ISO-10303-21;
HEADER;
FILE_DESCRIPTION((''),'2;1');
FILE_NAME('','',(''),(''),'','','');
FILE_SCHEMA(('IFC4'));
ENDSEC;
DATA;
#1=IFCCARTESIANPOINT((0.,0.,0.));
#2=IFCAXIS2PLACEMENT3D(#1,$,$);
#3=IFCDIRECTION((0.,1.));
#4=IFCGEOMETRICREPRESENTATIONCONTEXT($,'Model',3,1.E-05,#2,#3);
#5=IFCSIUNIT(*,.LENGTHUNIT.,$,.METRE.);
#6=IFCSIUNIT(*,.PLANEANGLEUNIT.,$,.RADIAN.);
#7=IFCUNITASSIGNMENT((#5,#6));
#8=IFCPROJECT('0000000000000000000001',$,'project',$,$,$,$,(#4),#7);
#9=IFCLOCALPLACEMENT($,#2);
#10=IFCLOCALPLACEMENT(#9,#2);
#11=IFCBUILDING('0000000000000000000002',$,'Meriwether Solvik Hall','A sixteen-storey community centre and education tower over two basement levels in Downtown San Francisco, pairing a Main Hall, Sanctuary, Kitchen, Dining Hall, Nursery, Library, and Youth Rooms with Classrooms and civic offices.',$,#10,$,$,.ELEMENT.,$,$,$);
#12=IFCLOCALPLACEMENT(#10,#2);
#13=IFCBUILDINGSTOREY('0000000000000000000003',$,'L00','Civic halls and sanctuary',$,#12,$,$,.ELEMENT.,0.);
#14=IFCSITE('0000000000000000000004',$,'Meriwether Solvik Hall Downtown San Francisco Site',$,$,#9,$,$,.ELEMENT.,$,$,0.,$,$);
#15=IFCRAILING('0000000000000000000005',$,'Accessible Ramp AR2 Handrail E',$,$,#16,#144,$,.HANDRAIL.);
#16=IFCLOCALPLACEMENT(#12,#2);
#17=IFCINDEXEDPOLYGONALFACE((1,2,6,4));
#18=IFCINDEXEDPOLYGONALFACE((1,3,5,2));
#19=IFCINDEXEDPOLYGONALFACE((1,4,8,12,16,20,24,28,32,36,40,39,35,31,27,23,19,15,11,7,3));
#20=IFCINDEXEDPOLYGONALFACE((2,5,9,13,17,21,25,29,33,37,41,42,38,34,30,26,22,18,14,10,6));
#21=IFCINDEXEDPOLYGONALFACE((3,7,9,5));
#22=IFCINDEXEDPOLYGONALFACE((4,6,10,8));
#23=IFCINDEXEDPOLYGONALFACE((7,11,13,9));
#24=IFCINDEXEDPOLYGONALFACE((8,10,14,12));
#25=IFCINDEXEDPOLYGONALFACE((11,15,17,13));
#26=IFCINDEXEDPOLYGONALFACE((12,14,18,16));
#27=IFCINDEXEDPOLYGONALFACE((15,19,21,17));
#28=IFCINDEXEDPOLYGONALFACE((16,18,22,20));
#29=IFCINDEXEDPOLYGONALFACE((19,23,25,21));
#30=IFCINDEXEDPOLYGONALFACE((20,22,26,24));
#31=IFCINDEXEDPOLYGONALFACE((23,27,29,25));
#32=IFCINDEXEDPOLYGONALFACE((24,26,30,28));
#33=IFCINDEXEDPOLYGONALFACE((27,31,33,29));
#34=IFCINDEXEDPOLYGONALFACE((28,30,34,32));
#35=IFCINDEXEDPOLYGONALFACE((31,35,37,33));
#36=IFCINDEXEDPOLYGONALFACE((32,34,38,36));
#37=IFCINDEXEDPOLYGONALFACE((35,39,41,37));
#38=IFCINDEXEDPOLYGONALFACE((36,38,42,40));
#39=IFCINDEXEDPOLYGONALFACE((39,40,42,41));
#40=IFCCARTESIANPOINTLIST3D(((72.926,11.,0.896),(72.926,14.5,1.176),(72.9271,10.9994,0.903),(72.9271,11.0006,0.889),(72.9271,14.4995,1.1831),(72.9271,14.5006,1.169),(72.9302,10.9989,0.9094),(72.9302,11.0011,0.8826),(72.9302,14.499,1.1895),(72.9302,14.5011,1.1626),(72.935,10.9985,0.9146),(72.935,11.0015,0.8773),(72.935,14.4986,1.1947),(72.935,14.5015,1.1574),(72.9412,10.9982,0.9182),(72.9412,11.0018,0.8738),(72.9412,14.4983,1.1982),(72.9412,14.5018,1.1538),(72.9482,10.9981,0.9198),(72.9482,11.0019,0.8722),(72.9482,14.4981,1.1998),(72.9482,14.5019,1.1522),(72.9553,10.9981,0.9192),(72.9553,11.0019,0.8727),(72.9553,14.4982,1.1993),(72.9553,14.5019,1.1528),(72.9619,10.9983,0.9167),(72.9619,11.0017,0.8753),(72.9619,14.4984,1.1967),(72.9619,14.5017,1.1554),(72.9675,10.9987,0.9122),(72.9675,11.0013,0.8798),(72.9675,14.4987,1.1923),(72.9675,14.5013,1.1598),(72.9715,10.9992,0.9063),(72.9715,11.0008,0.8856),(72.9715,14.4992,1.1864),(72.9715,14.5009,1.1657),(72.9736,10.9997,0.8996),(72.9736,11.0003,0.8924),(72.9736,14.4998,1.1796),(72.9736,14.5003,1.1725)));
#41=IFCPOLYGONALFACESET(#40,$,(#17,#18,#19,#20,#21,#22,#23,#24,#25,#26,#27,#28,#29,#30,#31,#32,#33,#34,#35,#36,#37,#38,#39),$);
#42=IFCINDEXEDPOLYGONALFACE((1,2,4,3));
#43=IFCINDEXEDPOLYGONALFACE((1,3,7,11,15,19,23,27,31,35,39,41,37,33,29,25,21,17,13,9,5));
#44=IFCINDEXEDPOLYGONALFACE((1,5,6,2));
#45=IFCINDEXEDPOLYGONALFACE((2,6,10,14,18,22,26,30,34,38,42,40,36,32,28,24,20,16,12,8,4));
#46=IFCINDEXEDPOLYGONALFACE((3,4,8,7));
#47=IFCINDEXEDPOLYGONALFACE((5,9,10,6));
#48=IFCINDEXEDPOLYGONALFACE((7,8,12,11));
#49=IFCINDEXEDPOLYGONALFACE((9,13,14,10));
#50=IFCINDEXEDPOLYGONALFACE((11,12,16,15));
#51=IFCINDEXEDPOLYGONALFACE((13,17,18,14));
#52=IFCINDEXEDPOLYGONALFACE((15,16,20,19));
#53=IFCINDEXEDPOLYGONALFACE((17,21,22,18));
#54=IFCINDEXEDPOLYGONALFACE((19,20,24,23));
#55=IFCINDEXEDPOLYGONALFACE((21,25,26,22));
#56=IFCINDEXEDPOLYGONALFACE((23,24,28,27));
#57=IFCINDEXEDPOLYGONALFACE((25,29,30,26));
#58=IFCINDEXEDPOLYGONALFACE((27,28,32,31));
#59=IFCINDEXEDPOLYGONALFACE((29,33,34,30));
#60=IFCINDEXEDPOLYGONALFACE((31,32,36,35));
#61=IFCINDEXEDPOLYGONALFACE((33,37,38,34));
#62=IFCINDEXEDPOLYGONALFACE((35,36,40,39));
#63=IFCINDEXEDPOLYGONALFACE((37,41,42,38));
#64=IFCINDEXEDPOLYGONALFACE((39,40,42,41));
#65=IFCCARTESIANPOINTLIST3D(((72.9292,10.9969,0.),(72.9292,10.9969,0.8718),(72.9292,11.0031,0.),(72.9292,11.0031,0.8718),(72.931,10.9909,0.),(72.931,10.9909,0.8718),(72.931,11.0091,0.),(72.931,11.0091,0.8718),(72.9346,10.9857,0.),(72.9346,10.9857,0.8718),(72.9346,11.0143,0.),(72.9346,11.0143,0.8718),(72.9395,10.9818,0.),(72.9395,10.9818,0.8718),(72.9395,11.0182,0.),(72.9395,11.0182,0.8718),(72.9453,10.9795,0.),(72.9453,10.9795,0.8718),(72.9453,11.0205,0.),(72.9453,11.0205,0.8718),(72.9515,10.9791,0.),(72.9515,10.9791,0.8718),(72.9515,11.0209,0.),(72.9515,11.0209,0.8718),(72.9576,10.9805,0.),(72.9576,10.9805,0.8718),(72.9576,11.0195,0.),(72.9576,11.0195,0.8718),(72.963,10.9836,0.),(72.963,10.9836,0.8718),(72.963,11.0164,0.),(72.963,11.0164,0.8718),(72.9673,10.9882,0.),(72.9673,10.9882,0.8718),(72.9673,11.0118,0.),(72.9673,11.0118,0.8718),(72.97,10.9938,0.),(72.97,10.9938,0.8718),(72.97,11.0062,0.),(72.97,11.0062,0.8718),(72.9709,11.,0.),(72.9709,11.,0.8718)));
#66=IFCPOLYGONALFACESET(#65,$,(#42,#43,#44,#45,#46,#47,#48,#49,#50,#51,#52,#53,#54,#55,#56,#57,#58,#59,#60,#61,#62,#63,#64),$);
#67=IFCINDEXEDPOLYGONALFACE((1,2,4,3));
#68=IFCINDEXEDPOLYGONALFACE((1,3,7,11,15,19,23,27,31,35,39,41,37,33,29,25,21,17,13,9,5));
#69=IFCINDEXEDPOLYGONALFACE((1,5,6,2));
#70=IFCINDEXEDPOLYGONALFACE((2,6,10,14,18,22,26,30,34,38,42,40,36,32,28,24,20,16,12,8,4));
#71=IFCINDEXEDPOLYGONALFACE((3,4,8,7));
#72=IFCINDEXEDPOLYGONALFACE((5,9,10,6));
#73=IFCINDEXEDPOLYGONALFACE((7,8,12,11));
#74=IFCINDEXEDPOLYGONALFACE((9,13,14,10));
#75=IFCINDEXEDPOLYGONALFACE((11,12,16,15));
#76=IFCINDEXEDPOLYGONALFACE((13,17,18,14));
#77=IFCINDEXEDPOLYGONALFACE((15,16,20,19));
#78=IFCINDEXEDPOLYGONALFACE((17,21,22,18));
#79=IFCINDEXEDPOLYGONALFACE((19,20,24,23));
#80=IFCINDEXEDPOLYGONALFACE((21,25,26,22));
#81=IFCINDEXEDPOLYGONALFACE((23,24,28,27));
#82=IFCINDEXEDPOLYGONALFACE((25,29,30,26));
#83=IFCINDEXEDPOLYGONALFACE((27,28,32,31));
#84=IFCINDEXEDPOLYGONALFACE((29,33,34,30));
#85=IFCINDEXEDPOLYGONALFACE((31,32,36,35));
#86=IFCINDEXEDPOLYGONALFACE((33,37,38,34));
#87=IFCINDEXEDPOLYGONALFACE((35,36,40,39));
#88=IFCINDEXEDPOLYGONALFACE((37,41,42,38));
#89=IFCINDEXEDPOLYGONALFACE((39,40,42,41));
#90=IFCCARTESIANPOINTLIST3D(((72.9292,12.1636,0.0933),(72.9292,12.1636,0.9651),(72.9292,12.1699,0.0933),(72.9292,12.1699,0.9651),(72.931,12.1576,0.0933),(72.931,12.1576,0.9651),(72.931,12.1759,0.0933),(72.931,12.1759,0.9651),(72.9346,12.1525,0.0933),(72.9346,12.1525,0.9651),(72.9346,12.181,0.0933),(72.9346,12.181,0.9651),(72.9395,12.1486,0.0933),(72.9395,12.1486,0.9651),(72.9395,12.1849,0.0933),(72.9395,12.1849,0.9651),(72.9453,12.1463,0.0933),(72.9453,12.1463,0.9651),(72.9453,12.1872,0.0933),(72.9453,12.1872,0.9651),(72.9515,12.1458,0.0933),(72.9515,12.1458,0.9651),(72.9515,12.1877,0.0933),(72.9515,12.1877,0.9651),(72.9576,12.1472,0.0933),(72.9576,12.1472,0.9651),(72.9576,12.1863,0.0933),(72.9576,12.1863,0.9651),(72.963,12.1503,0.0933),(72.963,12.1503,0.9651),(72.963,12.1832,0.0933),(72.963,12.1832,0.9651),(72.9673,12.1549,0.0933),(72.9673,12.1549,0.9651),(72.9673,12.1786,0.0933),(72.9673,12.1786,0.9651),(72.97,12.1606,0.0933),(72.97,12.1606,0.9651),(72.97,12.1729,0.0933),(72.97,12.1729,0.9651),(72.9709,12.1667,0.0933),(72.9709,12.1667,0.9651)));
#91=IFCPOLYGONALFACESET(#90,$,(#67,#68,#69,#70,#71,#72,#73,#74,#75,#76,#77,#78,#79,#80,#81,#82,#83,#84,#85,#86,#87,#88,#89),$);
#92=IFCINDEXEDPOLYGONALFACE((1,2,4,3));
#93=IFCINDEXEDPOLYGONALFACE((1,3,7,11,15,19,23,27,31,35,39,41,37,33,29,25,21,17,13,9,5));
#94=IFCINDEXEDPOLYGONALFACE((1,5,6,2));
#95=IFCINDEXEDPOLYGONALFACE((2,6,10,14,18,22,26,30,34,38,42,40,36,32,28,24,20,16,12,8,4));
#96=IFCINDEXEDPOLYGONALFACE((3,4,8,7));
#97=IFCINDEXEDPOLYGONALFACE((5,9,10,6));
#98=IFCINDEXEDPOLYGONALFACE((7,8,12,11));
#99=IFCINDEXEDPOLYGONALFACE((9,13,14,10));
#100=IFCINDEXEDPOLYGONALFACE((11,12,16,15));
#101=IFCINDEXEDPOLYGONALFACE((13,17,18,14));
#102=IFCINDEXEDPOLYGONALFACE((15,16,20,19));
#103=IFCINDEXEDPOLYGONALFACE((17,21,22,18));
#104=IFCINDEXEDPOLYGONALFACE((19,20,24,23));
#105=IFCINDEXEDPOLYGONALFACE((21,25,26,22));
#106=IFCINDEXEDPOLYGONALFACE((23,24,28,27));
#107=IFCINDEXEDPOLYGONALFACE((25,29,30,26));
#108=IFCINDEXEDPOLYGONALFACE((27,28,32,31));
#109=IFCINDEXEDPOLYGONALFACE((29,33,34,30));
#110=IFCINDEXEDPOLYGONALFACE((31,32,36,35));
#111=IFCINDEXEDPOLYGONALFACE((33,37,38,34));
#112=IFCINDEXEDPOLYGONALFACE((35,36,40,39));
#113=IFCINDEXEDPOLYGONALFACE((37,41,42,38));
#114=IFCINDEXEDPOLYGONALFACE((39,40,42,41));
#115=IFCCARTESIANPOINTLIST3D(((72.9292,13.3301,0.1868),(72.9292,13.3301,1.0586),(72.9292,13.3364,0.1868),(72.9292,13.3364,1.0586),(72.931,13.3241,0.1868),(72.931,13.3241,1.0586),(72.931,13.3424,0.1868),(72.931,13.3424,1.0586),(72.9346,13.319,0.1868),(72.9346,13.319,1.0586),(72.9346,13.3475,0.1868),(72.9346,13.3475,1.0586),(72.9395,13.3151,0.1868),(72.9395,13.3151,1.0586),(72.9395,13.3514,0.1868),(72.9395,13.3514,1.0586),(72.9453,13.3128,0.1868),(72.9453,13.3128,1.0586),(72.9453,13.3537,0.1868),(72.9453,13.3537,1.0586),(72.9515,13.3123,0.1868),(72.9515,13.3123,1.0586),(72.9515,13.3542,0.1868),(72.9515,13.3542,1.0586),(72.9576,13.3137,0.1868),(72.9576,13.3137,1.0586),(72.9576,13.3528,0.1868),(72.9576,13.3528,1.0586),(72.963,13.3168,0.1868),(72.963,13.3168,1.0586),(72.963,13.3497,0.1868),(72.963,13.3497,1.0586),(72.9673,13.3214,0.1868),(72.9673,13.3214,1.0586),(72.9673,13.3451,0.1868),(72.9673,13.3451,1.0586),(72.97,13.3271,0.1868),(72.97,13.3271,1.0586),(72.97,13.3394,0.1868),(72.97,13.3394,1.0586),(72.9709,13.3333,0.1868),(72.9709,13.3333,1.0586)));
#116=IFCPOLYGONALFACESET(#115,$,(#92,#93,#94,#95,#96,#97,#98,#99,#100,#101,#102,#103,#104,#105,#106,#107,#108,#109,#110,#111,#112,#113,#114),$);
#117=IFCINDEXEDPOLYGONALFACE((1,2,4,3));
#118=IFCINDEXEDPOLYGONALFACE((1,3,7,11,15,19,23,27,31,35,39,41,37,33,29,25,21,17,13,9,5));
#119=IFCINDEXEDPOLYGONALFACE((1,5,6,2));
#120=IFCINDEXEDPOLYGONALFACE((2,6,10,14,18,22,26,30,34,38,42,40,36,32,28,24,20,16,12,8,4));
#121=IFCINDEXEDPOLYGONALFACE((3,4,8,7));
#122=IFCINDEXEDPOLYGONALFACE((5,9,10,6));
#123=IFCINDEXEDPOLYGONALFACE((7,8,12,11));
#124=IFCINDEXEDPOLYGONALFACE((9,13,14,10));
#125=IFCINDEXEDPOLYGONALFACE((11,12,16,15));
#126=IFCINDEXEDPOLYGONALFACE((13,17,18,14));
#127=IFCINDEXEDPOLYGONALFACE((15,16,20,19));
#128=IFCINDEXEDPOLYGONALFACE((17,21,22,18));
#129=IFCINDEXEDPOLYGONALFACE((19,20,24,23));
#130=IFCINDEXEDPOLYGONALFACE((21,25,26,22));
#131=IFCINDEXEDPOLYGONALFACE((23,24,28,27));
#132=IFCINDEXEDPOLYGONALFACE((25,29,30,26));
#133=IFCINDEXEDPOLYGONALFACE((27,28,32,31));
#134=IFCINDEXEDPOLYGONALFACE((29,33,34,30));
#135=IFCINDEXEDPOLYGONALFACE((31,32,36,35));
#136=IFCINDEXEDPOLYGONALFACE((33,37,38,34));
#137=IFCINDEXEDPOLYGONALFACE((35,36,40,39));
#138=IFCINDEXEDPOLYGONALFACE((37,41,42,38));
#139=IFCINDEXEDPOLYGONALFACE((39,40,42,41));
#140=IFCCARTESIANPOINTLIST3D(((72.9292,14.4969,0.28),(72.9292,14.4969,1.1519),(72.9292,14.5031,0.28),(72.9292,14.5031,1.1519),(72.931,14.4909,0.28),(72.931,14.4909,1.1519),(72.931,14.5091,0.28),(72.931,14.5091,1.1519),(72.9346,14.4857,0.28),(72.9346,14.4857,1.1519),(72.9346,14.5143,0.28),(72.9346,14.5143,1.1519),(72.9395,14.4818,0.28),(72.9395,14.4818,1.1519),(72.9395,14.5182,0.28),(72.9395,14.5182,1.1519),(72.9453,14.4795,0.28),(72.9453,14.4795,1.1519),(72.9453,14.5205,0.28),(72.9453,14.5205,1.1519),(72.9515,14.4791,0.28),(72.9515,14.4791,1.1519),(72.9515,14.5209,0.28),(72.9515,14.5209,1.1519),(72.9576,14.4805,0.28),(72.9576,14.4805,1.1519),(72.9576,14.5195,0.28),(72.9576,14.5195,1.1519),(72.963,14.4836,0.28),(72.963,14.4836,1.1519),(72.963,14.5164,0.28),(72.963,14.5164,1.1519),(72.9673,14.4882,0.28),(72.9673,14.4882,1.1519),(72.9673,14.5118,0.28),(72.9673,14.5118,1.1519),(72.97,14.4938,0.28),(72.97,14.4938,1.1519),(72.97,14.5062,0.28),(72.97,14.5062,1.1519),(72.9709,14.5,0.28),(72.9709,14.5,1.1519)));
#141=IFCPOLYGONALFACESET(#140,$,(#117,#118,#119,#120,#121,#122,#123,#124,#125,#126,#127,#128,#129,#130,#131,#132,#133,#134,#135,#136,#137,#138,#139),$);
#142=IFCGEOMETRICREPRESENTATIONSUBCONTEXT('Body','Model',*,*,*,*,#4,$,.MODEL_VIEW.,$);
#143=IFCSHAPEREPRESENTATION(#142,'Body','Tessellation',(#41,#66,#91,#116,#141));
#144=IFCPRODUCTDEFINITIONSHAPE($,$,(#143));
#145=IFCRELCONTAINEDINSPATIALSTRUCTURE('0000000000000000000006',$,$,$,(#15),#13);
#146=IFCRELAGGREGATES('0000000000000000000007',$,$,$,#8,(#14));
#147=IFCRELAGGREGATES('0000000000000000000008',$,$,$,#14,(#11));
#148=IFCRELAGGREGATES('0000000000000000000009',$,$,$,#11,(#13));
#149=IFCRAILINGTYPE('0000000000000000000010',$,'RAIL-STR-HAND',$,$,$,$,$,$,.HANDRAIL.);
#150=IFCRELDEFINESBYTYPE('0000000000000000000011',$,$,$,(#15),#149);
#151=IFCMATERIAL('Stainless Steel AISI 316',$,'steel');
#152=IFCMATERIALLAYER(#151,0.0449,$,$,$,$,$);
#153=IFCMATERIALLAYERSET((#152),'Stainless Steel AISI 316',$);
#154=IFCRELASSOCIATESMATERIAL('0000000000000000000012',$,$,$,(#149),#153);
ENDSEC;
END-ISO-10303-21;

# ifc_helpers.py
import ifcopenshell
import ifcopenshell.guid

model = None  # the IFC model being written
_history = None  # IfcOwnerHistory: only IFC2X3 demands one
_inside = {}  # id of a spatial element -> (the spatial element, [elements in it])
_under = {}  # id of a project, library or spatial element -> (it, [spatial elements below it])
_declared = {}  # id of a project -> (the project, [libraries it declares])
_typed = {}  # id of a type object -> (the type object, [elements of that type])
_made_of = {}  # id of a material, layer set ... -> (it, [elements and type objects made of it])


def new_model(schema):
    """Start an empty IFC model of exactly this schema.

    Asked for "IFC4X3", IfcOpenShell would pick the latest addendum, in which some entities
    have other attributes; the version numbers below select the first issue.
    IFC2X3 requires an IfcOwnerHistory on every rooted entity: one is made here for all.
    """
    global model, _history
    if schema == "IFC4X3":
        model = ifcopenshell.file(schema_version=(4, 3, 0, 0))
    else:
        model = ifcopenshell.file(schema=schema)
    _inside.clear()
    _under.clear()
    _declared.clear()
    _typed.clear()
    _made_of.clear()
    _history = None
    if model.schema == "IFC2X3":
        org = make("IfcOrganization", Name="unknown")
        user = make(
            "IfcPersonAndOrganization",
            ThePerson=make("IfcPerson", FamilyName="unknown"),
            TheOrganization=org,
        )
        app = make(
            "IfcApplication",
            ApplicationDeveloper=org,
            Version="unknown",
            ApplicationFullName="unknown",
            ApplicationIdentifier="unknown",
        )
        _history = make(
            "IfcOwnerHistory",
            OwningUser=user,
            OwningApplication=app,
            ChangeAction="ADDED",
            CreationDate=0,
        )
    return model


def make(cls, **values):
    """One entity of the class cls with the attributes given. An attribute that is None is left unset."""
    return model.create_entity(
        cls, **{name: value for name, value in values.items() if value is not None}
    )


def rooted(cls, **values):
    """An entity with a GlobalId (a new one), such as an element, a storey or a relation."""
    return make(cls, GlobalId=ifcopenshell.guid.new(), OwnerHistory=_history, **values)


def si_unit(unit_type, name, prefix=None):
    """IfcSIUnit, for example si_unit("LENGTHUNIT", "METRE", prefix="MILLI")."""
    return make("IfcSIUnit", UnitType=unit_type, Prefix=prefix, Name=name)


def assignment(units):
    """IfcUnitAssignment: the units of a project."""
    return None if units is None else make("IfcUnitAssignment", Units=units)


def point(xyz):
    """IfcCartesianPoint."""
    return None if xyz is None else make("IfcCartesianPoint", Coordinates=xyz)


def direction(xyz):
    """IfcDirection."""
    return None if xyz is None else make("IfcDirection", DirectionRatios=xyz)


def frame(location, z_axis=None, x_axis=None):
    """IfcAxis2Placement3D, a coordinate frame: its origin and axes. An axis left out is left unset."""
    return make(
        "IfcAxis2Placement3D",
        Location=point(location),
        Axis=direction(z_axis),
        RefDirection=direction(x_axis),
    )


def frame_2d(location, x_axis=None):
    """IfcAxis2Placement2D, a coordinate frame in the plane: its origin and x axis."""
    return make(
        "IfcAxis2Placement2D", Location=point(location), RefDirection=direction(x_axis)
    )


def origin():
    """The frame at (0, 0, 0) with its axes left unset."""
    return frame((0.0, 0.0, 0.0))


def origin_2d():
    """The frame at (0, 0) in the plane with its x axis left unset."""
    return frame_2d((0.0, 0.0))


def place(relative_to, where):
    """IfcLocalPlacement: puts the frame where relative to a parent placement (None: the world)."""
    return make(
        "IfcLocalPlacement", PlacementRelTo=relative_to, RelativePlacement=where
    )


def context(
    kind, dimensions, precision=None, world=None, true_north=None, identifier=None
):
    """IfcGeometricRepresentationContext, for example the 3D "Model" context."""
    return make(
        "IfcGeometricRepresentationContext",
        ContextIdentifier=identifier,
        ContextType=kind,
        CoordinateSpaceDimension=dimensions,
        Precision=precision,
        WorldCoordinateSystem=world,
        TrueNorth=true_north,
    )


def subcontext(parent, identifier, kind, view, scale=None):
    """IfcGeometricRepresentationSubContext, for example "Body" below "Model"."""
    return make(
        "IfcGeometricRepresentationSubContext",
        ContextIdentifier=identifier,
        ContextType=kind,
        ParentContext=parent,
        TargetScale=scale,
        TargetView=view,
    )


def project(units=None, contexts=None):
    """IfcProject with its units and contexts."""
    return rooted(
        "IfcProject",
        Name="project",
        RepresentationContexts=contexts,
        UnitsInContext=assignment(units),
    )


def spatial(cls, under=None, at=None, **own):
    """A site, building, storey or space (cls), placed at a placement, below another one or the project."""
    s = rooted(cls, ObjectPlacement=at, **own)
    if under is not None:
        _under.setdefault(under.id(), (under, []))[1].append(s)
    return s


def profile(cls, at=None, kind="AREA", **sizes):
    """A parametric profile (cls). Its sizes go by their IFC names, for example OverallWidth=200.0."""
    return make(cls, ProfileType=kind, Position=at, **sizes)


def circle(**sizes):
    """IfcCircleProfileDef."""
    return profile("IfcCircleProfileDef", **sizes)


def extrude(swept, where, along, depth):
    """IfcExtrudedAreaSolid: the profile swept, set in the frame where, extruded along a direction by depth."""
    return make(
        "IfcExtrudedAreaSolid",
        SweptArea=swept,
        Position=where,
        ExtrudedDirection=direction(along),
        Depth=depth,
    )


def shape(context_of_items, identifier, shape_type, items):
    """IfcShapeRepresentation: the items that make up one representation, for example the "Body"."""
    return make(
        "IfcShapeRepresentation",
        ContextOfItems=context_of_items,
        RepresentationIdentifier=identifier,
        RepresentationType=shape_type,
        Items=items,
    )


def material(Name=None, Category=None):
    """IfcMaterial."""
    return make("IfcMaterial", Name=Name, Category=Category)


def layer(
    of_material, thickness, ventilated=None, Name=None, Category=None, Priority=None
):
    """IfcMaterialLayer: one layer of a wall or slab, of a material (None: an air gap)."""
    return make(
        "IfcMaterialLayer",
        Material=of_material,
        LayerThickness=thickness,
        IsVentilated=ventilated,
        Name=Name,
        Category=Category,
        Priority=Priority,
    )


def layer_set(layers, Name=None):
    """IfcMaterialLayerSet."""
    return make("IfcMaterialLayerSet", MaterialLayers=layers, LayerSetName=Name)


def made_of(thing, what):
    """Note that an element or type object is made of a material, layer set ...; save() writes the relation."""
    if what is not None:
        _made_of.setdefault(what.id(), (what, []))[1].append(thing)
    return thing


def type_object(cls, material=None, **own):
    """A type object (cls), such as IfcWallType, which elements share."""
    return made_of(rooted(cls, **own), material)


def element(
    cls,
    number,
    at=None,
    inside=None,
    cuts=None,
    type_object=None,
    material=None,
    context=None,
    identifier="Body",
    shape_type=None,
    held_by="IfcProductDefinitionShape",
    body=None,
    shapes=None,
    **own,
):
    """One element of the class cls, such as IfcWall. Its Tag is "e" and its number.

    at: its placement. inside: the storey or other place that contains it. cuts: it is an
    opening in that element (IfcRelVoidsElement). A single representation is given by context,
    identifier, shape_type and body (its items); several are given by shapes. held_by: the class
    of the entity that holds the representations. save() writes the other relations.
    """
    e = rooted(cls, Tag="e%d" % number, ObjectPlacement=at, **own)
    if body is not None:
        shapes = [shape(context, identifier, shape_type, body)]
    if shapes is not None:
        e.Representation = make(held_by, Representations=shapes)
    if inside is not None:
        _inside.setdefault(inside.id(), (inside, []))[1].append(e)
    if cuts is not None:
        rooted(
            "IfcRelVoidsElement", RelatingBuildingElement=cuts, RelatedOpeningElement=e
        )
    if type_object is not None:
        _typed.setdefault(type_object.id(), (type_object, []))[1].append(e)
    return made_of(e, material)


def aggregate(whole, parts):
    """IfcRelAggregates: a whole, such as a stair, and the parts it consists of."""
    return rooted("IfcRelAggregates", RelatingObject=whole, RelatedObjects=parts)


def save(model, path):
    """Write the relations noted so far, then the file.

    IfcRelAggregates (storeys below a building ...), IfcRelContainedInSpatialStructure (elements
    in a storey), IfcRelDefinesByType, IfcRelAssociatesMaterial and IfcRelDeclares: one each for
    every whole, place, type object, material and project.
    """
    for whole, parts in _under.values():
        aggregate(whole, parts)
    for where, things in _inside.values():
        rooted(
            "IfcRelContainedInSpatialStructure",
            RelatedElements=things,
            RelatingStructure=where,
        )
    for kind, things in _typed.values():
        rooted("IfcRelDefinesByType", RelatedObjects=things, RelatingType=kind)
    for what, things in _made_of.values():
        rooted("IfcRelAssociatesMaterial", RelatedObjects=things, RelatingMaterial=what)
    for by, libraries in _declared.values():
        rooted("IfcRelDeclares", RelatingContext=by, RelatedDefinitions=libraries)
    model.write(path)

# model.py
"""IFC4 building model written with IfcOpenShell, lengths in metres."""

from ifc_helpers import new_model, si_unit, direction, frame, origin, origin_2d, place, context, subcontext, project, spatial, circle, extrude, material, layer, layer_set, type_object, element, save


model = new_model("IFC4")

# Units and contexts
model_context = context("Model", 3, precision=1e-05, world=origin(), true_north=direction((0.0, 1.0)))
body_context = subcontext(model_context, "Body", "Model", "MODEL_VIEW")
ifc_project = project(units=[si_unit("LENGTHUNIT", "METRE"), si_unit("PLANEANGLEUNIT", "RADIAN")], contexts=[model_context])

# Site, building, storey
site_placement = place(None, origin())
site = spatial("IfcSite", under=ifc_project, at=site_placement, Name="Meriwether Solvik Hall Downtown San Francisco Site", CompositionType="ELEMENT", RefElevation=0.0)
building_placement = place(site_placement, origin())
building = spatial("IfcBuilding", under=site, at=building_placement, Name="Meriwether Solvik Hall", Description="A sixteen-storey community centre and education tower over two basement levels in Downtown San Francisco, pairing a Main Hall, Sanctuary, Kitchen, Dining Hall, Nursery, Library, and Youth Rooms with Classrooms and civic offices.", CompositionType="ELEMENT")
storey_placement = place(building_placement, origin())
storey = spatial("IfcBuildingStorey", under=building, at=storey_placement, Name="L00", Description="Civic halls and sanctuary", CompositionType="ELEMENT", Elevation=0.0)

# Railing
ifc_material_1 = material(Name="Stainless Steel AISI 316", Category="steel")
ifc_layer_1 = layer(ifc_material_1, 0.0449)
ifc_layer_set_1 = layer_set([ifc_layer_1], Name="Stainless Steel AISI 316")
railing_type = type_object("IfcRailingType", Name="RAIL-STR-HAND", PredefinedType="HANDRAIL", material=ifc_layer_set_1)
for number, where, name in (
    (1, (72.95, 11.0, 0.0), "Accessible Ramp AR2 Handrail E"),
):
    element("IfcRailing", number, at=place(storey_placement, frame(where)), inside=storey, type_object=railing_type, Name=name, PredefinedType="HANDRAIL", context=body_context, shape_type="SweptSolid", body=[
        extrude(circle(Radius=0.0239, at=origin_2d()), frame((0.0, 0.0, 0.896), z_axis=(0.0, 0.996815, 0.079754), x_axis=(-1.0, 0.0, 0.0)), (0.0, 0.0, 1.0), 3.5112),
        extrude(circle(Radius=0.021, at=origin_2d()), origin(), (0.0, 0.0, 1.0), 0.8718),
        extrude(circle(Radius=0.021, at=origin_2d()), frame((0.0, 1.1667, 0.0933)), (0.0, 0.0, 1.0), 0.8718),
        extrude(circle(Radius=0.021, at=origin_2d()), frame((0.0, 2.3333, 0.1868)), (0.0, 0.0, 1.0), 0.8718),
        extrude(circle(Radius=0.021, at=origin_2d()), frame((0.0, 3.5, 0.28)), (0.0, 0.0, 1.0), 0.8718),
    ])

save(model, "model.ifc")
